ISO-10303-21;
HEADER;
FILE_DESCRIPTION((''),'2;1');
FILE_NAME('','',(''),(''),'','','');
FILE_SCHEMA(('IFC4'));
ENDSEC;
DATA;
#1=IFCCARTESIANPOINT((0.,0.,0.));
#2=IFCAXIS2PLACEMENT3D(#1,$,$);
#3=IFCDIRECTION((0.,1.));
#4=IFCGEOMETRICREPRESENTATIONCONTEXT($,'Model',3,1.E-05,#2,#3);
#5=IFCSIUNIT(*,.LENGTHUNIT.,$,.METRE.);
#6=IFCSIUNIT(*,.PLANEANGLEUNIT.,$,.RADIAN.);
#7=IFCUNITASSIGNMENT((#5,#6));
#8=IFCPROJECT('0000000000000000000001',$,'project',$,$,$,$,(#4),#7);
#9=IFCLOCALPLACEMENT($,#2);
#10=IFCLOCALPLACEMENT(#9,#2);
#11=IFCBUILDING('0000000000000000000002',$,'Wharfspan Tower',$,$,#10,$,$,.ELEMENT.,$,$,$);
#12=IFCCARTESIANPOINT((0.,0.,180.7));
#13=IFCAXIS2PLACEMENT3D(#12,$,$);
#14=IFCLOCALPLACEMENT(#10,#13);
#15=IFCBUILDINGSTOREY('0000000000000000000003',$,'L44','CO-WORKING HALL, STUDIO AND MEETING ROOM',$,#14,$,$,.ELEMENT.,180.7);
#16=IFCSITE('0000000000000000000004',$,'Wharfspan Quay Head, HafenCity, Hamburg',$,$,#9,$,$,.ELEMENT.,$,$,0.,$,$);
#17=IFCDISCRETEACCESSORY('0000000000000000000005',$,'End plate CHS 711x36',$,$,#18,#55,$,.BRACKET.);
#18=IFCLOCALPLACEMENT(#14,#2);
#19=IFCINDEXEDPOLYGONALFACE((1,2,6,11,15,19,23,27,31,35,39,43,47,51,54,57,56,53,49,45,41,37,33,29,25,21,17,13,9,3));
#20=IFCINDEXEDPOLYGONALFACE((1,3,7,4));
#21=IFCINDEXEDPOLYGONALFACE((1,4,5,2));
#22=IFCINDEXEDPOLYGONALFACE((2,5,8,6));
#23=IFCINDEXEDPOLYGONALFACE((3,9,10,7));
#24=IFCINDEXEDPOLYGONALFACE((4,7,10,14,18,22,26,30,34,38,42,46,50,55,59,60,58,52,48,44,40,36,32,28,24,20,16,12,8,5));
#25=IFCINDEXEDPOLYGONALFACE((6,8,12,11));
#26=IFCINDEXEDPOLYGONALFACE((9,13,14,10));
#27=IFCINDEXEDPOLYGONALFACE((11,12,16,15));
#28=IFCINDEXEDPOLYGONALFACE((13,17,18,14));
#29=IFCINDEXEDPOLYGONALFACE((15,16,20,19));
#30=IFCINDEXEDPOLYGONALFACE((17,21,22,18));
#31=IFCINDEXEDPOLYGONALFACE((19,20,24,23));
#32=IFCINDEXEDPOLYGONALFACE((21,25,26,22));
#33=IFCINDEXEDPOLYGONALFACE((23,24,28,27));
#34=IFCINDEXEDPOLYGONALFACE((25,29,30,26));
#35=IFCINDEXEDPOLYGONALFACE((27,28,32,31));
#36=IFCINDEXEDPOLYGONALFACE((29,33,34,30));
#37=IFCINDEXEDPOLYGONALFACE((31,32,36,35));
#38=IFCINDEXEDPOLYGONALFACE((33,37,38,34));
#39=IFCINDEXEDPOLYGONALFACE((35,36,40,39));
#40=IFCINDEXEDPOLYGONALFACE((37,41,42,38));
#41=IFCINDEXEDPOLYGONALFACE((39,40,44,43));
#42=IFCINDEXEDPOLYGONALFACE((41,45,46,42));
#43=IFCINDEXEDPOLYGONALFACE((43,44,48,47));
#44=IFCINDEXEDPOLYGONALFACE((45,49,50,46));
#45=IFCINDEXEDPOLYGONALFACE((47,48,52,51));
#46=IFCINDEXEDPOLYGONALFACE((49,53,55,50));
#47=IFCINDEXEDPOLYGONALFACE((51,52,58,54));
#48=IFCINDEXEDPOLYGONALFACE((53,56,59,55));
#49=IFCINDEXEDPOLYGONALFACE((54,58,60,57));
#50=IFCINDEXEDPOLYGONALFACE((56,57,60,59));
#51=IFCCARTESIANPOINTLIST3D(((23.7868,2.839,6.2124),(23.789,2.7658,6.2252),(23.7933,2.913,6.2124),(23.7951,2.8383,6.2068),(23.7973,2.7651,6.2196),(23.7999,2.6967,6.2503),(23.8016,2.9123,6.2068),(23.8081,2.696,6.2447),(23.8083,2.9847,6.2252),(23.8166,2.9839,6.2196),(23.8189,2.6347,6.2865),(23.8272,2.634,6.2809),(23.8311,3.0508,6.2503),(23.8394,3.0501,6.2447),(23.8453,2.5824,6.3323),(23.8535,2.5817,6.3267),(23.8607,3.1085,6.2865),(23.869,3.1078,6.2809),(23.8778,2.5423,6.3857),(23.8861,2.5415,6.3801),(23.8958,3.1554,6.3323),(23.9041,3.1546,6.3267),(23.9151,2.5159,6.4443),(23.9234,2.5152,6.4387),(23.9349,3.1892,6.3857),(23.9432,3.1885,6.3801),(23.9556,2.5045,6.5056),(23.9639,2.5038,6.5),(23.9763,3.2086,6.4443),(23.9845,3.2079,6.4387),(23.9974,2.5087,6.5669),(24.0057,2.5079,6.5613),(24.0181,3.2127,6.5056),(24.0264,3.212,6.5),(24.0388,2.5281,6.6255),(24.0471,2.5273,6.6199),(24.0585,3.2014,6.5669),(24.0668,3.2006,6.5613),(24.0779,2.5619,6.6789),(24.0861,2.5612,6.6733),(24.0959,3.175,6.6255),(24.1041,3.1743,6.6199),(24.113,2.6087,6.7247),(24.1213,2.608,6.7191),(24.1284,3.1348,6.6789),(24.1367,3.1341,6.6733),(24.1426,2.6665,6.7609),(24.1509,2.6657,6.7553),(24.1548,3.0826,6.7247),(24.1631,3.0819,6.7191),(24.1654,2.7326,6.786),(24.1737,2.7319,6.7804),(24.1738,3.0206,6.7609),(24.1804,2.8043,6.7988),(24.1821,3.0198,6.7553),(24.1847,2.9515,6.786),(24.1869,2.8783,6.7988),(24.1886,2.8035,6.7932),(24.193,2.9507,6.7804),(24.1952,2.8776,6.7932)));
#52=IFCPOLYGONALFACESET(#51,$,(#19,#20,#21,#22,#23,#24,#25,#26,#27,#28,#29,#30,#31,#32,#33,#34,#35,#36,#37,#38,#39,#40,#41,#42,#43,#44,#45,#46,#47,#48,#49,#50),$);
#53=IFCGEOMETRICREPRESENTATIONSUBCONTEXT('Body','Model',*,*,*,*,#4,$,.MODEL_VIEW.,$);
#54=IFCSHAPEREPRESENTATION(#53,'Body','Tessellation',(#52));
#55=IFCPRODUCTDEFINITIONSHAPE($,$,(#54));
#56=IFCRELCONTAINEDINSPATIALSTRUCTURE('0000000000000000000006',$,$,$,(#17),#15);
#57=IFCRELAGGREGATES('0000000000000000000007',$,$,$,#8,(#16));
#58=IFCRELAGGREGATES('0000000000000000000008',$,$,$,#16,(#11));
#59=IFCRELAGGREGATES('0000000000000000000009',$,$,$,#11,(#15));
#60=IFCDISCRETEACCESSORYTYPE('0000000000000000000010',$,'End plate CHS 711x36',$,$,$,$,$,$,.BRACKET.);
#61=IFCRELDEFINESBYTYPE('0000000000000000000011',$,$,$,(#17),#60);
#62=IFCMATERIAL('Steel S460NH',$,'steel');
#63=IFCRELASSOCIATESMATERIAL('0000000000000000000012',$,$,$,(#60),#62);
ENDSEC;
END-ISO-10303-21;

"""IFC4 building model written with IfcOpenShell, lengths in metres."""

from ifc_helpers import new_model, si_unit, direction, frame, origin, origin_2d, place, context, subcontext, project, spatial, circle, extrude, material, material_profile, profile_set, type_object, element, save


model = new_model("IFC4")

# Units and contexts
model_context = context("Model", 3, precision=1e-05, world=origin(), true_north=direction((0.0, 1.0)))
body_context = subcontext(model_context, "Body", "Model", "MODEL_VIEW")
ifc_project = project(units=[si_unit("LENGTHUNIT", "METRE"), si_unit("PLANEANGLEUNIT", "RADIAN")], contexts=[model_context])

# Site, building, storey
site_placement = place(None, origin())
site = spatial("IfcSite", under=ifc_project, at=site_placement, Name="Wharfspan Quay Head, HafenCity, Hamburg", CompositionType="ELEMENT", RefElevation=0.0)
building_placement = place(site_placement, origin())
building = spatial("IfcBuilding", under=site, at=building_placement, Name="Wharfspan Tower", CompositionType="ELEMENT")
storey_placement = place(building_placement, frame((0.0, 0.0, 180.7)))
storey = spatial("IfcBuildingStorey", under=building, at=storey_placement, Name="L44", Description="CO-WORKING HALL, STUDIO AND MEETING ROOM", CompositionType="ELEMENT", Elevation=180.7)

# Discrete accessory
ifc_material_1 = material(Name="Steel S460NH", Category="steel")
ifc_material_profile_1 = material_profile(ifc_material_1, circle(Radius=0.3555, at=origin_2d()))
ifc_profile_set_1 = profile_set([ifc_material_profile_1], Name="Steel S460NH")
discrete_accessory_type = type_object("IfcDiscreteAccessoryType", Name="End plate CHS 711x36", PredefinedType="BRACKET", material=ifc_profile_set_1)
discrete_accessory_placement = place(storey_placement, frame((23.9951, 2.8579, 6.5), z_axis=(-0.82608, 0.072889, 0.558819), x_axis=(-0.087894, -0.99613, -0.000001)))
element("IfcDiscreteAccessory", 1, at=discrete_accessory_placement, inside=storey, type_object=discrete_accessory_type, Name="End plate CHS 711x36", PredefinedType="BRACKET", context=body_context, shape_type="SweptSolid", body=[
    extrude(circle(Radius=0.3555, at=origin_2d()), origin(), (0.0, 0.0, 1.0), 0.01),
])

save(model, "model.ifc")
